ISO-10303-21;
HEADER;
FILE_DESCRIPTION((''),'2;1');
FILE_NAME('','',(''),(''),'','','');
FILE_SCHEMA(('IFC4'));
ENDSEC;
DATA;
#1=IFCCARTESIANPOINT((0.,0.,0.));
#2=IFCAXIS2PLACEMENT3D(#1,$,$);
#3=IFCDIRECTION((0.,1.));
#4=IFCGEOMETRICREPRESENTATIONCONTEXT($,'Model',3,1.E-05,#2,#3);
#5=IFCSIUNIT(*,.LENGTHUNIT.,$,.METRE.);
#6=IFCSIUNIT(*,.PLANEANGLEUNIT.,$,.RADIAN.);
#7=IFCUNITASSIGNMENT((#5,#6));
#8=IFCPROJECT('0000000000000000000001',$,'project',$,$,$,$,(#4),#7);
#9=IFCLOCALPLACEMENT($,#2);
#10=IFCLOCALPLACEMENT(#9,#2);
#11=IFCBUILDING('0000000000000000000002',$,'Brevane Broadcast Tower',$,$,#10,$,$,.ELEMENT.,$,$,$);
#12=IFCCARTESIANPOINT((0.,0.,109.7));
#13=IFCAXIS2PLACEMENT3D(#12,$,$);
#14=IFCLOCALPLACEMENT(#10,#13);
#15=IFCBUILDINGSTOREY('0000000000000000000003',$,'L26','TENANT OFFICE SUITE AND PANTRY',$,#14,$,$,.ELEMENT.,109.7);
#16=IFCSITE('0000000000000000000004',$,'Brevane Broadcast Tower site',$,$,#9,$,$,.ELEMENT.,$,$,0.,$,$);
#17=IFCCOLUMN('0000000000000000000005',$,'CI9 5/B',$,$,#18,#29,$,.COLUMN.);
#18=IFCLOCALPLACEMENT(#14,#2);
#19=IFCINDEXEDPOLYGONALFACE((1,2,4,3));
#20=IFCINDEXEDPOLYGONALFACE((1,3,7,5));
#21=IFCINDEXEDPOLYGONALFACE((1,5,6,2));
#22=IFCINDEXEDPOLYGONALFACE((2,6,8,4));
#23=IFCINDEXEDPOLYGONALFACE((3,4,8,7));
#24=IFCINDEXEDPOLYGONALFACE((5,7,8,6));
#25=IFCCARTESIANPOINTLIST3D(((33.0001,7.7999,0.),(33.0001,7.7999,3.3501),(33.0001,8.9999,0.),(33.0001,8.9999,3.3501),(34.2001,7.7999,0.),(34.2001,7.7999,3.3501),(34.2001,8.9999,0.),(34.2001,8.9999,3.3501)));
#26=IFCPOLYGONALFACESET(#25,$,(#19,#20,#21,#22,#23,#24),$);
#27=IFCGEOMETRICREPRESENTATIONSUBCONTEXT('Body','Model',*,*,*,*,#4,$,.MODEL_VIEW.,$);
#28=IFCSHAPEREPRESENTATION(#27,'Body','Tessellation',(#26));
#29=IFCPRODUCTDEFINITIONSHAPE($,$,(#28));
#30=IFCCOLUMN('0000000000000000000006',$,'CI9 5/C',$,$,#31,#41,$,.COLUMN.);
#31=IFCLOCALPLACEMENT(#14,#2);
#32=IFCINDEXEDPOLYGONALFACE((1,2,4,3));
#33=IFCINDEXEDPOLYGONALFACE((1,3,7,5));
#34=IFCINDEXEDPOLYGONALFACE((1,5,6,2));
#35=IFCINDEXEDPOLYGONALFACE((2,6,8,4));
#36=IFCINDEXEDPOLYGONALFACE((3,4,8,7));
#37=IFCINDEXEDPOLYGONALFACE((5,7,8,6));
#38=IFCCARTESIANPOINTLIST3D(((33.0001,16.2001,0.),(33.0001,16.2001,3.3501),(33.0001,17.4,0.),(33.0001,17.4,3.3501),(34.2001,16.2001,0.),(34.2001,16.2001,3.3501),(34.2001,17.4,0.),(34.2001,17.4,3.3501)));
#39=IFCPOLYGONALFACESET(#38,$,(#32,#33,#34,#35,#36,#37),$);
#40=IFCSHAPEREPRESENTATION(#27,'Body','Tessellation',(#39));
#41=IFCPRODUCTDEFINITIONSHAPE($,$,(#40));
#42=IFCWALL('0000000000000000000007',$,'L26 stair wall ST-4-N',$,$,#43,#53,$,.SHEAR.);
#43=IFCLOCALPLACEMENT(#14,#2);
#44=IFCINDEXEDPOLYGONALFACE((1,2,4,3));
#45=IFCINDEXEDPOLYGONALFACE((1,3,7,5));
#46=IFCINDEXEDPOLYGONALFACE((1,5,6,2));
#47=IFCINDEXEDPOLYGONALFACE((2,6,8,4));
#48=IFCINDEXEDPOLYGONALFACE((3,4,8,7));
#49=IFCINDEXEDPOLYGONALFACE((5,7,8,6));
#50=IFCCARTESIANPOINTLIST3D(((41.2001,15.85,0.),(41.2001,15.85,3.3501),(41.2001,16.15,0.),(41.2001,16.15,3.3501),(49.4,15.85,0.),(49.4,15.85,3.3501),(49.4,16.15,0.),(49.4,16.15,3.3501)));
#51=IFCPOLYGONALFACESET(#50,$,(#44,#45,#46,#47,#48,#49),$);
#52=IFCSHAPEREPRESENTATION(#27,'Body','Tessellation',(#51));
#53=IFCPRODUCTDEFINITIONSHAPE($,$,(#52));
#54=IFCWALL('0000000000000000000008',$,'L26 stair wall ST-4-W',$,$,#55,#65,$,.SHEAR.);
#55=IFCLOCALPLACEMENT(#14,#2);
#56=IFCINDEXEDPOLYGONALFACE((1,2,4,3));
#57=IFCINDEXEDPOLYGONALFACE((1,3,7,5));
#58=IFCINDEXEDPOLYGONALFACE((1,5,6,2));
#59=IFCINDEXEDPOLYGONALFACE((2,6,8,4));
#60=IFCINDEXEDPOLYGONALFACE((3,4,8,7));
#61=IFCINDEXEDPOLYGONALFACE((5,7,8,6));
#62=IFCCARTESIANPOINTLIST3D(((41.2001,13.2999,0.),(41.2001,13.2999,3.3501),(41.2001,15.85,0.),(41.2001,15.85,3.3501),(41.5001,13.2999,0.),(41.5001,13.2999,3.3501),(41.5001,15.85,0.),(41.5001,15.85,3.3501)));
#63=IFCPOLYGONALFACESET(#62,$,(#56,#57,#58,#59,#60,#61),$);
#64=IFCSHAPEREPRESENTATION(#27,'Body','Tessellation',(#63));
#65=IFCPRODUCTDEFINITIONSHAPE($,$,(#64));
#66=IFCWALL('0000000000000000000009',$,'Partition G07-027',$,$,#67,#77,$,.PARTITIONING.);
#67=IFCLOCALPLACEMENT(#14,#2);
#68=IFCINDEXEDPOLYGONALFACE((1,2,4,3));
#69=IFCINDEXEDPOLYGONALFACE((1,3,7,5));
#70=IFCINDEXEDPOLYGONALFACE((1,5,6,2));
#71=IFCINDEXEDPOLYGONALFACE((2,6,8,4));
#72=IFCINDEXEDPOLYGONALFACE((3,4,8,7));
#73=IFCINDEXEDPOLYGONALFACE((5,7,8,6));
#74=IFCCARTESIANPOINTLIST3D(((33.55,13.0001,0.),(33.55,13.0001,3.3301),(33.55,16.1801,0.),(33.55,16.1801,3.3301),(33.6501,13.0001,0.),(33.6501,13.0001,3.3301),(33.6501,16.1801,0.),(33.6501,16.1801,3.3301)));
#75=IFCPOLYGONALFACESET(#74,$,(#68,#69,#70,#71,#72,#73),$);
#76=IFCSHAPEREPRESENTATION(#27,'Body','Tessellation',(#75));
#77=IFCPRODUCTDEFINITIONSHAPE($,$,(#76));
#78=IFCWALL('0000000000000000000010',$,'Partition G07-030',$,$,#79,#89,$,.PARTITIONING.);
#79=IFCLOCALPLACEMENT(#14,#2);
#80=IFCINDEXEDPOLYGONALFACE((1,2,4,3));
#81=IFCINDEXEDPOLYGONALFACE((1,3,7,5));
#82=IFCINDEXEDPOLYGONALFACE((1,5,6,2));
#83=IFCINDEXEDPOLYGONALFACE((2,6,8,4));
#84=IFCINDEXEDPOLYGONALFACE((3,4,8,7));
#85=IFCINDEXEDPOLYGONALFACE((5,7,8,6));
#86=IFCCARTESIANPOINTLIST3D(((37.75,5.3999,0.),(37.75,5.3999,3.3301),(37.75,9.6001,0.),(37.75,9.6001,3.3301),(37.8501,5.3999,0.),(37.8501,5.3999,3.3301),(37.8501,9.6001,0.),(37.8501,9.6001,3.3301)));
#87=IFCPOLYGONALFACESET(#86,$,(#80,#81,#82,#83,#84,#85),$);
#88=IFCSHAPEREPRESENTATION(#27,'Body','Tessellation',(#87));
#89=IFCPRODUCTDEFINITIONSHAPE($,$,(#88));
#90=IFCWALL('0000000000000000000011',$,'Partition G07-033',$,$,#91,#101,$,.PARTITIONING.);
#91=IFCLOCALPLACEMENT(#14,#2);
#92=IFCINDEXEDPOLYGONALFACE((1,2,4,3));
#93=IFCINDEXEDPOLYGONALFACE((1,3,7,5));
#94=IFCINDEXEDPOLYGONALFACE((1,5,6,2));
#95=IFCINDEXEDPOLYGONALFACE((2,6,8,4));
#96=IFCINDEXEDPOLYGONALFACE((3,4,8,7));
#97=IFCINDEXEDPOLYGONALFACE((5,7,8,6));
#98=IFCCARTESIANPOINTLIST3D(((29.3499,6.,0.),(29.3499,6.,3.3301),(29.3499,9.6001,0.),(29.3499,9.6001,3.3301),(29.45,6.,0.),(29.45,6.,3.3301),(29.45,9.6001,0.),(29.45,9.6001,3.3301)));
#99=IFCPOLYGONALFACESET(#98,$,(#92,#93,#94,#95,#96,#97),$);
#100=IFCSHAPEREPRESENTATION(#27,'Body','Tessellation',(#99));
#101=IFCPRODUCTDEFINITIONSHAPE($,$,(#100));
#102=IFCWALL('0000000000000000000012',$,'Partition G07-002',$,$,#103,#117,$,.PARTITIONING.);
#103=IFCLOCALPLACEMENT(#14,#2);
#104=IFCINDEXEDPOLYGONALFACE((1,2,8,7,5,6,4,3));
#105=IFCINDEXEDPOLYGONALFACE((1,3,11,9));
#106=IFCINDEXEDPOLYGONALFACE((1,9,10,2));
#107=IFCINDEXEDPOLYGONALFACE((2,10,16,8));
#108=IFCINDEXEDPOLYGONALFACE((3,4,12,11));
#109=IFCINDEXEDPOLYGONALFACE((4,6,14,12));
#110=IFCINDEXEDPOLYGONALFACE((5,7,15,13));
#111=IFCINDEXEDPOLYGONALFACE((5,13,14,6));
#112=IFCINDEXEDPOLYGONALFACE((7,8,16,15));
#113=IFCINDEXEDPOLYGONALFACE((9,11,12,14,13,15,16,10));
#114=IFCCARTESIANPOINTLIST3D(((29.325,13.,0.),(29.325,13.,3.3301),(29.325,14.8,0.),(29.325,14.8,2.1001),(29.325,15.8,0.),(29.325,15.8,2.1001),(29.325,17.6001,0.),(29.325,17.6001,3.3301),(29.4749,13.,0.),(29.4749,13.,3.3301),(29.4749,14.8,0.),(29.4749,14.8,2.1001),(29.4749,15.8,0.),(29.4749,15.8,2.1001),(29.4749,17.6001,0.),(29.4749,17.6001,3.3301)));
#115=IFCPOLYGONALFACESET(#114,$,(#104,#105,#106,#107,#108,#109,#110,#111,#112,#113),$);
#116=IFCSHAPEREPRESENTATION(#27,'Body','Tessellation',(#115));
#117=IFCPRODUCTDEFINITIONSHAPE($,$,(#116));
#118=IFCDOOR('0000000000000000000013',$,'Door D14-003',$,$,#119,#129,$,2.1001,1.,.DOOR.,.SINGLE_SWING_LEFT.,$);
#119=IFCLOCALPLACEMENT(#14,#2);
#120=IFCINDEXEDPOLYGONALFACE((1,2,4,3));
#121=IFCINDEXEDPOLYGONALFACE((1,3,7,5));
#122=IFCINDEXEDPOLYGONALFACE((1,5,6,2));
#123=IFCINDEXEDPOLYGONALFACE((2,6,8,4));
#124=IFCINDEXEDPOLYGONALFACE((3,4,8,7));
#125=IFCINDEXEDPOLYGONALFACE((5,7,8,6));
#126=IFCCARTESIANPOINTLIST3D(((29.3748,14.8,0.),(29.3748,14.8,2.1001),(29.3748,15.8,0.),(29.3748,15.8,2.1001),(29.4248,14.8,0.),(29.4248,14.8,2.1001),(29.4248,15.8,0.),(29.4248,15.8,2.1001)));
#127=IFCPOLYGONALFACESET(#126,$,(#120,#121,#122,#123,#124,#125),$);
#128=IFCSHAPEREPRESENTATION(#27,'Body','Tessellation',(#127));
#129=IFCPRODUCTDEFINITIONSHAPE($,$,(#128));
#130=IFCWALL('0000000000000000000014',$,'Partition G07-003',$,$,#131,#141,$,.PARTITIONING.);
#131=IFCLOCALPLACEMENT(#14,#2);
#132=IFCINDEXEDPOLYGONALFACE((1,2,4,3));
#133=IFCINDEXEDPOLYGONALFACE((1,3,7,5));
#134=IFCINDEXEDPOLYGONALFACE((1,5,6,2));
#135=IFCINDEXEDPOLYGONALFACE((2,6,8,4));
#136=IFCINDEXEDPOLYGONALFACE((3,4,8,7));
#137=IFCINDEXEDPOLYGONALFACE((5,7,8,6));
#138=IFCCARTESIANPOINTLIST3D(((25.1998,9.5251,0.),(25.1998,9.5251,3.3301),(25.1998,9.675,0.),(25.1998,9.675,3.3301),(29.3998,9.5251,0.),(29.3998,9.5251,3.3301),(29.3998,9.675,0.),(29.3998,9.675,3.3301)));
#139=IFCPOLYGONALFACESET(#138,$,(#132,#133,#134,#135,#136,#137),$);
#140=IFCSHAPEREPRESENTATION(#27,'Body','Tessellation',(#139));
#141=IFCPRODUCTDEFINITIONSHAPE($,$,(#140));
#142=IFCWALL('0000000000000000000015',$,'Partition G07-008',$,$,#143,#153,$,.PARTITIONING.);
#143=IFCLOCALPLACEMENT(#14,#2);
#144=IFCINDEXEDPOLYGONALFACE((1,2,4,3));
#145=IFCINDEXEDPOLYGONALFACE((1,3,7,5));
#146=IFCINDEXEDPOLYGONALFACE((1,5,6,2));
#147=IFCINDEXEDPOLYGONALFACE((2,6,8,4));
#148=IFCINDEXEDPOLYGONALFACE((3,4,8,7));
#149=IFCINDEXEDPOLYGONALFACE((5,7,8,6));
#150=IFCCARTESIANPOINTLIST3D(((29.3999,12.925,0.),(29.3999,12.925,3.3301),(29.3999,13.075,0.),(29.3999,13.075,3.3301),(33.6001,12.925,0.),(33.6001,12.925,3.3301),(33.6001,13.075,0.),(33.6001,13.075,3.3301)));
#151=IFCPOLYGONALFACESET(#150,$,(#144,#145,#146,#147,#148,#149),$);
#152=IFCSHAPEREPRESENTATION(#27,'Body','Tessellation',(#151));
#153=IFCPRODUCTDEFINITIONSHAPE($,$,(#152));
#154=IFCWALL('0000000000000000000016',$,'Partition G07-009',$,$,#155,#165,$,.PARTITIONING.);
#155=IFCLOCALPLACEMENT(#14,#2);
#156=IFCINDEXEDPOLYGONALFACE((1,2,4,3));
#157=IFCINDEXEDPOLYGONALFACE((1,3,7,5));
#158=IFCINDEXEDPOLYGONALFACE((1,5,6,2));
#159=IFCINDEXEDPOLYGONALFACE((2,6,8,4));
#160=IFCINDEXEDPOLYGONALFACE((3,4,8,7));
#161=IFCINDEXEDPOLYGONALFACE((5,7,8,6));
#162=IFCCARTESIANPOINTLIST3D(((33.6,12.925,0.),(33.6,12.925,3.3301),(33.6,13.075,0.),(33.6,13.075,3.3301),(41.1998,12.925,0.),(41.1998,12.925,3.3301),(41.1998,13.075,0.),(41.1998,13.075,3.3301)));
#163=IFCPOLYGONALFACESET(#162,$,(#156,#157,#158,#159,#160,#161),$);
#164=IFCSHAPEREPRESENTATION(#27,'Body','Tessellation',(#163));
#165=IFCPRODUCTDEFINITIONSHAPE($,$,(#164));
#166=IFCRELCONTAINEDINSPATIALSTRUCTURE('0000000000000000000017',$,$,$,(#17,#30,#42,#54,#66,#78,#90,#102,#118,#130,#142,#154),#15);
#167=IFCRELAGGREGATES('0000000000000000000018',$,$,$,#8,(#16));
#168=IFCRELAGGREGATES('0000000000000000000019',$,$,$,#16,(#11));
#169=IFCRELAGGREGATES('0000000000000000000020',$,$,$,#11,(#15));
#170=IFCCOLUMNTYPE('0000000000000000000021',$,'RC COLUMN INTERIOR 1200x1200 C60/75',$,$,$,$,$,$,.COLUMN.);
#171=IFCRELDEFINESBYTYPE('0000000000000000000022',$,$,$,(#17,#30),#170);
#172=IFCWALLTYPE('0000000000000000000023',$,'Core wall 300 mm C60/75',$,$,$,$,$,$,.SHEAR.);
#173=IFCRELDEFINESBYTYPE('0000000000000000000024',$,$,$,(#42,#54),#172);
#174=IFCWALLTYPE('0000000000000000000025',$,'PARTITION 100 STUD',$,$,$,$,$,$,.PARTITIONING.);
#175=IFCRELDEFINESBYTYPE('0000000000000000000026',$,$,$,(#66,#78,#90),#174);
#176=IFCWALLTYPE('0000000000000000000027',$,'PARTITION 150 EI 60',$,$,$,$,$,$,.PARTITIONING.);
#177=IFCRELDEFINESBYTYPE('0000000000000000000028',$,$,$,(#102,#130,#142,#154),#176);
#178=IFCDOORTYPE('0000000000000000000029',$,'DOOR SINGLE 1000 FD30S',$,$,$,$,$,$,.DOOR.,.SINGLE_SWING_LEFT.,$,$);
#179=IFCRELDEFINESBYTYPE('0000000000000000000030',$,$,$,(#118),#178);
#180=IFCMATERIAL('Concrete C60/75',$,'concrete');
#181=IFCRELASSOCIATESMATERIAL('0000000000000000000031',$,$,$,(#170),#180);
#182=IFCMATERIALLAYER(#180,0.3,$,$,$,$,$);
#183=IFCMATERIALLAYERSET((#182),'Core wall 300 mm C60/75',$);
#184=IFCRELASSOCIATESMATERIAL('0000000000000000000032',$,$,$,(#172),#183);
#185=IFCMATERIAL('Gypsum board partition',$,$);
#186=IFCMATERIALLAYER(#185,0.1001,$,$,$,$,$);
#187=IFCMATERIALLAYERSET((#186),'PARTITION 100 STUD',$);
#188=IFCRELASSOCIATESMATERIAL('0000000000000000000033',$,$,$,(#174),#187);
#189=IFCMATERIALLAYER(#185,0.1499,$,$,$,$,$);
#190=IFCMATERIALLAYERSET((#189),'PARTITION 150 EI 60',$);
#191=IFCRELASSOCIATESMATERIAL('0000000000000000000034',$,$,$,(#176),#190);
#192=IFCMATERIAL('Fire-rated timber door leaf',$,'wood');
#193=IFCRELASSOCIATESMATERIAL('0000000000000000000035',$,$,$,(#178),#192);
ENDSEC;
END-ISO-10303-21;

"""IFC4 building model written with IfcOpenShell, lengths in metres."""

from ifc_helpers import new_model, si_unit, direction, frame, frame_2d, origin, origin_2d, place, context, subcontext, project, spatial, rectangle, extrude, material, layer, layer_set, material_profile, profile_set, type_object, element, fill, save


model = new_model("IFC4")

# Units and contexts
model_context = context("Model", 3, precision=1e-05, world=origin(), true_north=direction((0.0, 1.0)))
body_context = subcontext(model_context, "Body", "Model", "MODEL_VIEW")
ifc_project = project(units=[si_unit("LENGTHUNIT", "METRE"), si_unit("PLANEANGLEUNIT", "RADIAN")], contexts=[model_context])

# Site, building, storey
site_placement = place(None, origin())
site = spatial("IfcSite", under=ifc_project, at=site_placement, Name="Brevane Broadcast Tower site", CompositionType="ELEMENT", RefElevation=0.0)
building_placement = place(site_placement, origin())
building = spatial("IfcBuilding", under=site, at=building_placement, Name="Brevane Broadcast Tower", CompositionType="ELEMENT")
storey_placement = place(building_placement, frame((0.0, 0.0, 109.7)))
storey = spatial("IfcBuildingStorey", under=building, at=storey_placement, Name="L26", Description="TENANT OFFICE SUITE AND PANTRY", CompositionType="ELEMENT", Elevation=109.7)

# Columns
ifc_material_1 = material(Name="Concrete C60/75", Category="concrete")
ifc_material_profile = material_profile(ifc_material_1, rectangle(XDim=1.2, YDim=1.2, at=origin_2d()), Name="RC 1200x1200")
ifc_profile_set = profile_set([ifc_material_profile], Name="Concrete C60/75")
column_type = type_object("IfcColumnType", Name="RC COLUMN INTERIOR 1200x1200 C60/75", PredefinedType="COLUMN", material=ifc_profile_set)
for number, where, z_axis, x_axis, name in (
    (1, (33.6001, 8.3999, 0.0), (0.0, 0.0, 1.0), (1.0, 0.0, 0.0), "CI9 5/B"),
    (2, (33.6001, 16.8, 0.0), (0.0, 0.0, 1.0), (1.0, 0.0, 0.0), "CI9 5/C"),
):
    element("IfcColumn", number, at=place(storey_placement, frame(where, z_axis=z_axis, x_axis=x_axis)), inside=storey, type_object=column_type, Name=name, PredefinedType="COLUMN", context=body_context, shape_type="SweptSolid", body=[
        extrude(rectangle(XDim=1.2, YDim=1.2, at=origin_2d()), origin(), (0.0, 0.0, 1.0), 3.3501),
    ])

# Walls
ifc_layer_1 = layer(ifc_material_1, 0.3)
ifc_layer_set_1 = layer_set([ifc_layer_1], Name="Core wall 300 mm C60/75")
wall_type_1 = type_object("IfcWallType", Name="Core wall 300 mm C60/75", PredefinedType="SHEAR", material=ifc_layer_set_1)
wall_1_placement = place(storey_placement, frame((41.2, 16.0, 0.0), z_axis=(0.0, 0.0, 1.0), x_axis=(1.0, 0.0, 0.0)))
element("IfcWall", 3, at=wall_1_placement, inside=storey, type_object=wall_type_1, Name="L26 stair wall ST-4-N", PredefinedType="SHEAR", context=body_context, shape_type="SweptSolid", body=[
    extrude(rectangle(XDim=8.2, YDim=0.3, at=frame_2d((4.1001, 0.0))), origin(), (0.0, 0.0, 1.0), 3.3501),
])
wall_2_placement = place(storey_placement, frame((41.3501, 13.3, 0.0), z_axis=(0.0, 0.0, 1.0), x_axis=(0.0, 1.0, 0.0)))
element("IfcWall", 4, at=wall_2_placement, inside=storey, type_object=wall_type_1, Name="L26 stair wall ST-4-W", PredefinedType="SHEAR", context=body_context, shape_type="SweptSolid", body=[
    extrude(rectangle(XDim=2.55, YDim=0.3, at=frame_2d((1.2749, 0.0))), origin(), (0.0, 0.0, 1.0), 3.3501),
])
ifc_material_2 = material(Name="Gypsum board partition")
ifc_layer_2 = layer(ifc_material_2, 0.1001)
ifc_layer_set_2 = layer_set([ifc_layer_2], Name="PARTITION 100 STUD")
wall_type_2 = type_object("IfcWallType", Name="PARTITION 100 STUD", PredefinedType="PARTITIONING", material=ifc_layer_set_2)
wall_3_placement = place(storey_placement, frame((33.6001, 16.1799, 0.0), z_axis=(0.0, 0.0, 1.0), x_axis=(0.0, -1.0, 0.0)))
element("IfcWall", 5, at=wall_3_placement, inside=storey, type_object=wall_type_2, Name="Partition G07-027", PredefinedType="PARTITIONING", context=body_context, shape_type="SweptSolid", body=[
    extrude(rectangle(XDim=3.1799, YDim=0.1001, at=frame_2d((1.5898, 0.0))), origin(), (0.0, 0.0, 1.0), 3.3301),
])
wall_4_placement = place(storey_placement, frame((37.8, 9.6001, 0.0), z_axis=(0.0, 0.0, 1.0), x_axis=(0.0, -1.0, 0.0)))
element("IfcWall", 6, at=wall_4_placement, inside=storey, type_object=wall_type_2, Name="Partition G07-030", PredefinedType="PARTITIONING", context=body_context, shape_type="SweptSolid", body=[
    extrude(rectangle(XDim=4.2002, YDim=0.1001, at=frame_2d((2.1001, 0.0))), origin(), (0.0, 0.0, 1.0), 3.3301),
])
wall_5_placement = place(storey_placement, frame((29.3999, 6.0, 0.0), z_axis=(0.0, 0.0, 1.0), x_axis=(0.0, 1.0, 0.0)))
element("IfcWall", 7, at=wall_5_placement, inside=storey, type_object=wall_type_2, Name="Partition G07-033", PredefinedType="PARTITIONING", context=body_context, shape_type="SweptSolid", body=[
    extrude(rectangle(XDim=3.6001, YDim=0.1001, at=frame_2d((1.8, 0.0))), origin(), (0.0, 0.0, 1.0), 3.3301),
])

# Wall, opening, door
ifc_layer_3 = layer(ifc_material_2, 0.1499)
ifc_layer_set_3 = layer_set([ifc_layer_3], Name="PARTITION 150 EI 60")
wall_type_3 = type_object("IfcWallType", Name="PARTITION 150 EI 60", PredefinedType="PARTITIONING", material=ifc_layer_set_3)
wall_6_placement = place(storey_placement, frame((29.3999, 17.6001, 0.0), z_axis=(0.0, 0.0, 1.0), x_axis=(0.0, -1.0, 0.0)))
wall_6 = element("IfcWall", 8, at=wall_6_placement, inside=storey, type_object=wall_type_3, Name="Partition G07-002", PredefinedType="PARTITIONING", context=body_context, shape_type="SweptSolid", body=[
    extrude(rectangle(XDim=4.6001, YDim=0.1499, at=frame_2d((2.3, 0.0))), origin(), (0.0, 0.0, 1.0), 3.3301),
])
opening_1_placement = place(wall_6_placement, frame((1.8, 0.0, 0.0)))
opening_1 = element("IfcOpeningElement", 9, at=opening_1_placement, cuts=wall_6, PredefinedType="OPENING", context=body_context, shape_type="SweptSolid", body=[
    extrude(rectangle(XDim=1.0, YDim=2.1001, at=frame_2d((0.5, 1.05))), frame((0.0, 0.085, 0.0), z_axis=(0.0, -1.0, 0.0), x_axis=(1.0, 0.0, 0.0)), (0.0, 0.0, 1.0), 0.1699),
])
ifc_material_3 = material(Name="Fire-rated timber door leaf", Category="wood")
door_type_1 = type_object("IfcDoorType", Name="DOOR SINGLE 1000 FD30S", OperationType="SINGLE_SWING_LEFT", PredefinedType="DOOR", material=ifc_material_3)
door_1_placement = place(opening_1_placement, origin())
door_1 = element("IfcDoor", 10, at=door_1_placement, inside=storey, type_object=door_type_1, Name="Door D14-003", OperationType="SINGLE_SWING_LEFT", OverallHeight=2.1001, OverallWidth=1.0, PredefinedType="DOOR", context=body_context, shape_type="SweptSolid", body=[
    extrude(rectangle(XDim=1.0, YDim=2.1001, at=frame_2d((0.5, 1.05))), frame((0.0, 0.0249, 0.0), z_axis=(0.0, -1.0, 0.0), x_axis=(1.0, 0.0, 0.0)), (0.0, 0.0, 1.0), 0.05),
])
fill(opening_1, door_1)

# Walls
wall_7_placement = place(storey_placement, frame((29.3999, 9.6001, 0.0), z_axis=(0.0, 0.0, 1.0), x_axis=(-1.0, 0.0, 0.0)))
element("IfcWall", 11, at=wall_7_placement, inside=storey, type_object=wall_type_3, Name="Partition G07-003", PredefinedType="PARTITIONING", context=body_context, shape_type="SweptSolid", body=[
    extrude(rectangle(XDim=4.2, YDim=0.1499, at=frame_2d((2.1001, 0.0))), origin(), (0.0, 0.0, 1.0), 3.3301),
])
wall_8_placement = place(storey_placement, frame((29.3999, 13.0, 0.0), z_axis=(0.0, 0.0, 1.0), x_axis=(1.0, 0.0, 0.0)))
element("IfcWall", 12, at=wall_8_placement, inside=storey, type_object=wall_type_3, Name="Partition G07-008", PredefinedType="PARTITIONING", context=body_context, shape_type="SweptSolid", body=[
    extrude(rectangle(XDim=4.2002, YDim=0.1499, at=frame_2d((2.1001, 0.0))), origin(), (0.0, 0.0, 1.0), 3.3301),
])
wall_9_placement = place(storey_placement, frame((33.6001, 13.0, 0.0), z_axis=(0.0, 0.0, 1.0), x_axis=(1.0, 0.0, 0.0)))
element("IfcWall", 13, at=wall_9_placement, inside=storey, type_object=wall_type_3, Name="Partition G07-009", PredefinedType="PARTITIONING", context=body_context, shape_type="SweptSolid", body=[
    extrude(rectangle(XDim=7.5999, YDim=0.1499, at=frame_2d((3.7998, 0.0))), origin(), (0.0, 0.0, 1.0), 3.3301),
])

save(model, "model.ifc")
